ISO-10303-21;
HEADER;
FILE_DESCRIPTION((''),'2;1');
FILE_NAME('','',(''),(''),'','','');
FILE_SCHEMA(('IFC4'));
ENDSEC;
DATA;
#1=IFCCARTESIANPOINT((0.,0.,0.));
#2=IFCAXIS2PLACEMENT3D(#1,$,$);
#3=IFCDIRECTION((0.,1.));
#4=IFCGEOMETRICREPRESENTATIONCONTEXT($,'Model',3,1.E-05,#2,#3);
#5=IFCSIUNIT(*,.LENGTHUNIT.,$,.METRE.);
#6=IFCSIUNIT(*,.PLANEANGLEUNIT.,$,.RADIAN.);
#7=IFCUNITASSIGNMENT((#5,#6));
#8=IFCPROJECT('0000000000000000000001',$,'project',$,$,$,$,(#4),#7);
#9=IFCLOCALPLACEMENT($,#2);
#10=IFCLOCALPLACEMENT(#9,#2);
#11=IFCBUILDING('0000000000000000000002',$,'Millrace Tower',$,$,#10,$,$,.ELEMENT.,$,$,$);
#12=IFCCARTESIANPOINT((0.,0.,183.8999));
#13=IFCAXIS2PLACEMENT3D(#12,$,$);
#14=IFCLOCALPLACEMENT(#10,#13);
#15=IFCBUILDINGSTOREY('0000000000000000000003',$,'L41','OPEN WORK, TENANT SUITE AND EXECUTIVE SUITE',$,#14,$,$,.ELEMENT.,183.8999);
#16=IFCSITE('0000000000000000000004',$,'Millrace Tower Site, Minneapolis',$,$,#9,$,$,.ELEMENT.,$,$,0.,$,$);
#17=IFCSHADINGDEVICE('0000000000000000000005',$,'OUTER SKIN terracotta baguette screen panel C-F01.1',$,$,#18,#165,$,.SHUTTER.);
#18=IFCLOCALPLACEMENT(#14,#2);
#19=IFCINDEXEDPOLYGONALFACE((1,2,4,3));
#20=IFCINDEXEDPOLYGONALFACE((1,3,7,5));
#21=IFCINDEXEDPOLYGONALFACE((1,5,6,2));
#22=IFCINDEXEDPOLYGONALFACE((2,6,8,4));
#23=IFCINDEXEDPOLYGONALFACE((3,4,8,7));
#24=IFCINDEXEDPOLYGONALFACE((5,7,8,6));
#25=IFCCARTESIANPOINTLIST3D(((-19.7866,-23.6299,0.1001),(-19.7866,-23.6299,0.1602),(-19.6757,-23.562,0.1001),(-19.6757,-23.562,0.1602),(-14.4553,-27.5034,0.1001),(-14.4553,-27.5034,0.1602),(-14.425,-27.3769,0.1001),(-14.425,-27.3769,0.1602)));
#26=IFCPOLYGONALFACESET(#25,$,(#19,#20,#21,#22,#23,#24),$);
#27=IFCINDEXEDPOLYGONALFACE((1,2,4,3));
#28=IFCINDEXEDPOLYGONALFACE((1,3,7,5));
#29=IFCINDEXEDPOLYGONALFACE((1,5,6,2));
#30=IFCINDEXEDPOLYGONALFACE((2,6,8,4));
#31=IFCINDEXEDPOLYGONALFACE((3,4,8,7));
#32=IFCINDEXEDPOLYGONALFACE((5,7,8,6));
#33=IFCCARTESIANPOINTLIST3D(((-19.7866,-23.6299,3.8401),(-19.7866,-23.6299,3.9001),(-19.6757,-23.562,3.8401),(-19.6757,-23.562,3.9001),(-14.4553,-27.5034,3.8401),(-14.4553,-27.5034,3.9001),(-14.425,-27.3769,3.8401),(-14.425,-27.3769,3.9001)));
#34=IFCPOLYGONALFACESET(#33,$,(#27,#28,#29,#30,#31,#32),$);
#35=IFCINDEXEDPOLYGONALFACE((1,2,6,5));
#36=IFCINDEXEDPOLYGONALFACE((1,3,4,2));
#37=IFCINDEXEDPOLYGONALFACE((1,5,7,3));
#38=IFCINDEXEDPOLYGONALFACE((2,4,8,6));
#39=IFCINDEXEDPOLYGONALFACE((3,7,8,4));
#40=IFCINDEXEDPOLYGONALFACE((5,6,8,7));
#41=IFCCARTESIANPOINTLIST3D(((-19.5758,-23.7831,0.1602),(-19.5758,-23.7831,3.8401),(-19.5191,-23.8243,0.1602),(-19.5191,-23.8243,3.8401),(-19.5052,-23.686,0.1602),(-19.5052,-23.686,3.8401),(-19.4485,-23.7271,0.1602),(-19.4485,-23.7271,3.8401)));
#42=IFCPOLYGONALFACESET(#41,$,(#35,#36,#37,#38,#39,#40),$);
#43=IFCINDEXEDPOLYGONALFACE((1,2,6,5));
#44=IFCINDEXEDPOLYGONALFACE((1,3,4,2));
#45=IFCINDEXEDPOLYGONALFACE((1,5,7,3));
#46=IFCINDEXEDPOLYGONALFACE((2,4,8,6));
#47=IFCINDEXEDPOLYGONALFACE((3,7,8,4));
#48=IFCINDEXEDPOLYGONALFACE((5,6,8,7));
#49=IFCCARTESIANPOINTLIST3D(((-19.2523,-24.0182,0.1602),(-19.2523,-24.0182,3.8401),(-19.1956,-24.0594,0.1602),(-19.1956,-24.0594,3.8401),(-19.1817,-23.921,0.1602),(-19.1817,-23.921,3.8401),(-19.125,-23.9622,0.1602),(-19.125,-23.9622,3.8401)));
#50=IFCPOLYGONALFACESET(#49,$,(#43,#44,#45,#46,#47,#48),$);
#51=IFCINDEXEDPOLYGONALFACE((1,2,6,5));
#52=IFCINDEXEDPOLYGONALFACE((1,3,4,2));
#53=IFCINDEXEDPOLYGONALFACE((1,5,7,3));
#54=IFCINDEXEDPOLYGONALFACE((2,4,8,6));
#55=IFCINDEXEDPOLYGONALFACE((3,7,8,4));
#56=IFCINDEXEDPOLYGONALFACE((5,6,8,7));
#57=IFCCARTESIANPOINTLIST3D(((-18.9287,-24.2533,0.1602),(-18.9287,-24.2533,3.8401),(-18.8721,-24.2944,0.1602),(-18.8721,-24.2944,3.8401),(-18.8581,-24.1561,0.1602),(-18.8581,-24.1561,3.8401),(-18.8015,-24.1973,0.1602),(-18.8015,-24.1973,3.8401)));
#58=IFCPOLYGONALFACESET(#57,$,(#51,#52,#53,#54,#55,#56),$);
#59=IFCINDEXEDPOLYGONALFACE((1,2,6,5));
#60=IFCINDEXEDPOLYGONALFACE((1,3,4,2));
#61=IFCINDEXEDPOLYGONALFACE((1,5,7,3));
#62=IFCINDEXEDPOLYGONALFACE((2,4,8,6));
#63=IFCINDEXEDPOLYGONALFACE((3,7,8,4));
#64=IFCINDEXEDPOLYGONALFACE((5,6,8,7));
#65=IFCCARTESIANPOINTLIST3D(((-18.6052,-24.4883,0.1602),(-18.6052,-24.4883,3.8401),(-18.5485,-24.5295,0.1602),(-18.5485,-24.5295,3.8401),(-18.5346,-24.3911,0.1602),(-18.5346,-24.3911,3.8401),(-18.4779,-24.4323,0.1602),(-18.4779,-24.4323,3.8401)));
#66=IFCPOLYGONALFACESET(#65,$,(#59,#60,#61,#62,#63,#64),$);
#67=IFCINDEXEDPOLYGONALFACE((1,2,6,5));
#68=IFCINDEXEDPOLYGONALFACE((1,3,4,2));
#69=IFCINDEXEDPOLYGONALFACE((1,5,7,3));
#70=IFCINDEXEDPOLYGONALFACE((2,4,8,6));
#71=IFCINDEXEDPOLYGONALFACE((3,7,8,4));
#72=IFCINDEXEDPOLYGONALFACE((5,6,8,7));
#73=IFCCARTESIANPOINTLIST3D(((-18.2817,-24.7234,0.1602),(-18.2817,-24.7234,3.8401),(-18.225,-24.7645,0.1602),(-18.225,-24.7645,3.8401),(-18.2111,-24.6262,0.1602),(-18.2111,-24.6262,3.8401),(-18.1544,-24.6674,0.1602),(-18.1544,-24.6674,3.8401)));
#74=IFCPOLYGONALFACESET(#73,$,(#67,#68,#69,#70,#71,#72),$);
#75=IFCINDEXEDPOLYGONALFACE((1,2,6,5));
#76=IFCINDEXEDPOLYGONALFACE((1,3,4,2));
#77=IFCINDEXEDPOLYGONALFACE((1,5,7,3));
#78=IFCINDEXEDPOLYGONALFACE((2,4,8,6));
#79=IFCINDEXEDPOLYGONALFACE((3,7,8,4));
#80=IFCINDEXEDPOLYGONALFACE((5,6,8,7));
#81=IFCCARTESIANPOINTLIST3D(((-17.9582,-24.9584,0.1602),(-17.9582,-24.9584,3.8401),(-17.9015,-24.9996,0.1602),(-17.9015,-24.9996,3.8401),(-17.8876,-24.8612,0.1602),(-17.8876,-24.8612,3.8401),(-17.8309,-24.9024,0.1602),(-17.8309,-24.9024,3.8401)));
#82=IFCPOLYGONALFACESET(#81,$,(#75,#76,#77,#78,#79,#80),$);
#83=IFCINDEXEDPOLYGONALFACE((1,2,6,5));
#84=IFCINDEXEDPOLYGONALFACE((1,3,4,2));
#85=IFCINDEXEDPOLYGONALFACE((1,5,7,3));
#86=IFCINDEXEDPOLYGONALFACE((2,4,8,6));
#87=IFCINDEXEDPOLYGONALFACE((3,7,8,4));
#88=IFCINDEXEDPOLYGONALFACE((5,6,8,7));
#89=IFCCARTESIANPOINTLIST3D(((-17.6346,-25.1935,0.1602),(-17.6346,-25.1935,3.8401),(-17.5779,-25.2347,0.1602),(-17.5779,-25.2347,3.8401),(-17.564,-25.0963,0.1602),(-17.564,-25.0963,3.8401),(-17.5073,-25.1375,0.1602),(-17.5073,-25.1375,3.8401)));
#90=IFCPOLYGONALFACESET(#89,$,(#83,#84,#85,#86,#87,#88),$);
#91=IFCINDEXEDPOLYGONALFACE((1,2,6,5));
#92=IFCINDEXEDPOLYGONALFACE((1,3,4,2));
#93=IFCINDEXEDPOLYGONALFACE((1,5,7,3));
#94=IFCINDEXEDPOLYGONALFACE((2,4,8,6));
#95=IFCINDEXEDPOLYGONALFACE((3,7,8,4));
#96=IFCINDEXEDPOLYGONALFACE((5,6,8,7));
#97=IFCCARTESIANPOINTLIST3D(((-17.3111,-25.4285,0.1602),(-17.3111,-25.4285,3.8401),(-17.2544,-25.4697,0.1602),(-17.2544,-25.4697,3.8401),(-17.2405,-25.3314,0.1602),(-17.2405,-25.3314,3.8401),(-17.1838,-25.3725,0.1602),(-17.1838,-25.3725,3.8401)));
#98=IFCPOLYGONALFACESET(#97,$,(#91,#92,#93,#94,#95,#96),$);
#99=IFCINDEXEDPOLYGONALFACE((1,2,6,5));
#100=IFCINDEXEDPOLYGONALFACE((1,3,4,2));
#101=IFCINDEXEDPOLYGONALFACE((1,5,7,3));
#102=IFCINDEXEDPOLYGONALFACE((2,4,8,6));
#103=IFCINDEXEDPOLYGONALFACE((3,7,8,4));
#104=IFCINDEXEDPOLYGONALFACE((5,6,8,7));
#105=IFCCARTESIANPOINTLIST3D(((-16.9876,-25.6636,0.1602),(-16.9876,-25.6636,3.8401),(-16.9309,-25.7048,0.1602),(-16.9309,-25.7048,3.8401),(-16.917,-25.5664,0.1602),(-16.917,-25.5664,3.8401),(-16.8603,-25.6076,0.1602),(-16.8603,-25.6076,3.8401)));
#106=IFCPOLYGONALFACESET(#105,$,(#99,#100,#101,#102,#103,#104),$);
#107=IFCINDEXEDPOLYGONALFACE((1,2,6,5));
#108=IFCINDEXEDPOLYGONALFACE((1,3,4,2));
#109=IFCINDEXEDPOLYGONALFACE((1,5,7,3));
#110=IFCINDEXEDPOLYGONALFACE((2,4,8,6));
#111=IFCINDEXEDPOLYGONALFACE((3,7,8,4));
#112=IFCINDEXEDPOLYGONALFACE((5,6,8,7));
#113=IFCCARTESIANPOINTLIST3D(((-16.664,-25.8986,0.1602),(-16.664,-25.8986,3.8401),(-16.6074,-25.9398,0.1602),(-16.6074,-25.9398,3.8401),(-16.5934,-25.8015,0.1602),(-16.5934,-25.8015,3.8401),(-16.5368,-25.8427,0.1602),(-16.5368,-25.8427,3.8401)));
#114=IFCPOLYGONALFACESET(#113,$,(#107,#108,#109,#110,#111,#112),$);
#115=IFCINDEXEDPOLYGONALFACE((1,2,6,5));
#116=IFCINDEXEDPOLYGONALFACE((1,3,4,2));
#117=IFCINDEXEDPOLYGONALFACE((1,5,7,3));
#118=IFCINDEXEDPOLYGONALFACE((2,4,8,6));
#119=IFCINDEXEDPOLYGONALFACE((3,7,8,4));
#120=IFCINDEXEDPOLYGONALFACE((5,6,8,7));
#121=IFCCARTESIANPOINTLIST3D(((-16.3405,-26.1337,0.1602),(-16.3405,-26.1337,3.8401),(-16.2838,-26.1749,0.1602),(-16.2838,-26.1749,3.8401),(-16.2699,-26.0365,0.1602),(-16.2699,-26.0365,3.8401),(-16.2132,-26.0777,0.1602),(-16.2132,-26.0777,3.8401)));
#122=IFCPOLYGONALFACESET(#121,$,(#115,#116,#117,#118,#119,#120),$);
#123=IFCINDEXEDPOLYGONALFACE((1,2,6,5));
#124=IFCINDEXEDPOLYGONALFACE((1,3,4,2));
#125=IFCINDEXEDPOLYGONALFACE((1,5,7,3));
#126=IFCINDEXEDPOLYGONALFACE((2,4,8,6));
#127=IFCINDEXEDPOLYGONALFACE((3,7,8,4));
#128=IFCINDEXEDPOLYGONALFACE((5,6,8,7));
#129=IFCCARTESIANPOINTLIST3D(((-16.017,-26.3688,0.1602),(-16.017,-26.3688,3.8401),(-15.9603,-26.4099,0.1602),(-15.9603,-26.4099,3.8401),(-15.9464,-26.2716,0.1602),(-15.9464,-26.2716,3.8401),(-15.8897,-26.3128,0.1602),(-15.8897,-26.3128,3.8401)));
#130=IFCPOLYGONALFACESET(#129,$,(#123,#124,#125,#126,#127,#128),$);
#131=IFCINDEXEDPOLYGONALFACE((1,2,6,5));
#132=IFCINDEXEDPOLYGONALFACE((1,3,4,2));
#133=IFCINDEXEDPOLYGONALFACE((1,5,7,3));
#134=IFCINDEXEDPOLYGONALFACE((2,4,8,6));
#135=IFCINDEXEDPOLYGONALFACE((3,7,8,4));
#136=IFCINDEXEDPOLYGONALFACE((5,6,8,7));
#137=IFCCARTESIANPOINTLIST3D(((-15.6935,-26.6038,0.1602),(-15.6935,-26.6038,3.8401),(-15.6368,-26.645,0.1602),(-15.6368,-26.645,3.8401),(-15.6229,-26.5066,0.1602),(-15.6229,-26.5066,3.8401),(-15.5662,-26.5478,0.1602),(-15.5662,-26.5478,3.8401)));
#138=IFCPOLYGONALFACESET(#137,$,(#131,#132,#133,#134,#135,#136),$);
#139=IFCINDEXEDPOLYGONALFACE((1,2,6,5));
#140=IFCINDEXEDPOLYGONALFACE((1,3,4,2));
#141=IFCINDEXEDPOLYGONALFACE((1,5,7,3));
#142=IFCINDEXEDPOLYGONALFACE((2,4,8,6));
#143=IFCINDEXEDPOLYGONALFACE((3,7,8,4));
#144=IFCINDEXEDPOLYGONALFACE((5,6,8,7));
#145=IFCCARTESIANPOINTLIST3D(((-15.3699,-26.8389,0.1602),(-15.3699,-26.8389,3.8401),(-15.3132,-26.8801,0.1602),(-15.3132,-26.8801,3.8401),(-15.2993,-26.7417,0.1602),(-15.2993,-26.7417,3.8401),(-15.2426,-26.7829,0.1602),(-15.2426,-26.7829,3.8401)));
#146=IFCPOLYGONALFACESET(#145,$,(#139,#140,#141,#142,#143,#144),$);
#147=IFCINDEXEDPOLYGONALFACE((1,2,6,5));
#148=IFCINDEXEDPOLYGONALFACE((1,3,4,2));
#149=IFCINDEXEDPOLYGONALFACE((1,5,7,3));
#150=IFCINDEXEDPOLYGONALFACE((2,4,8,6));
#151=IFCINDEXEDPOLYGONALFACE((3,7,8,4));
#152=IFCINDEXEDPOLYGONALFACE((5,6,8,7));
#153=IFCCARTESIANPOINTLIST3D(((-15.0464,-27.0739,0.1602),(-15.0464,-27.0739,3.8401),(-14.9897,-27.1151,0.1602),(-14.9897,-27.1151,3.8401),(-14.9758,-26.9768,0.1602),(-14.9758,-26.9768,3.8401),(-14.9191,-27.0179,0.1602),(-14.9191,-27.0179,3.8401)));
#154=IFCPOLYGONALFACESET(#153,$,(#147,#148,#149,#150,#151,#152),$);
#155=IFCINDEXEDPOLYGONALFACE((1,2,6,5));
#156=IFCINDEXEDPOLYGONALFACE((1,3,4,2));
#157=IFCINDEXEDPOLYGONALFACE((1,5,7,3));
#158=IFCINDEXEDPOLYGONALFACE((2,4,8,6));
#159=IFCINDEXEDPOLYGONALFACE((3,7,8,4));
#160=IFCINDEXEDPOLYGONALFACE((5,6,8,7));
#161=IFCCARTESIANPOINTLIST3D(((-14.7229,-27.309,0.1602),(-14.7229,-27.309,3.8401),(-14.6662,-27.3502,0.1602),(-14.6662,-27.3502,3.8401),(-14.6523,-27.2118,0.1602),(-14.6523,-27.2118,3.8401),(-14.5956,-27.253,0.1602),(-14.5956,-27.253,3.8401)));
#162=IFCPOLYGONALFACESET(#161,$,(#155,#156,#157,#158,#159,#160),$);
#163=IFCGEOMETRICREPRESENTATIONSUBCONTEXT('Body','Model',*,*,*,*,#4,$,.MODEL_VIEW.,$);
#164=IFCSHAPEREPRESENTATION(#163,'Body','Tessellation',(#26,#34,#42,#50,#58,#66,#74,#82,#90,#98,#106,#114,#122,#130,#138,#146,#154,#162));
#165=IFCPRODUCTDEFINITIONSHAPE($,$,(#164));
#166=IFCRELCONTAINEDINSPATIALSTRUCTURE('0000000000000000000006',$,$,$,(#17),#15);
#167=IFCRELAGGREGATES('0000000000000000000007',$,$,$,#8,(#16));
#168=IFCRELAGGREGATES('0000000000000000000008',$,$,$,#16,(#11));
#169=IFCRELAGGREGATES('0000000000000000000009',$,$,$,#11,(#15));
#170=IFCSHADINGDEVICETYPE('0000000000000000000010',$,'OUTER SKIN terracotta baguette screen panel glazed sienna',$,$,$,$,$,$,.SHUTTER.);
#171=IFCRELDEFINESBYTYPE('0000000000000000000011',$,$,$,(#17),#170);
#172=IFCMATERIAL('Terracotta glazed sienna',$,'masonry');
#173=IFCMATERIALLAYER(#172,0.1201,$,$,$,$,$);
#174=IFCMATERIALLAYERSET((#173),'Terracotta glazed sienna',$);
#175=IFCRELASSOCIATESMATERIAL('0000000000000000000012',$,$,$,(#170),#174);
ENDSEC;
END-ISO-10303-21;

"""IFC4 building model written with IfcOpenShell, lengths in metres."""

from ifc_helpers import new_model, entity, si_unit, direction, frame, frame_2d, origin, place, context, subcontext, project, spatial, rectangle, extrude, source, transform, mapped, material, layer, layer_set, type_object, element, save


model = new_model("IFC4")

# Units and contexts
model_context = context("Model", 3, precision=1e-05, world=origin(), true_north=direction((0.0, 1.0)))
body_context = subcontext(model_context, "Body", "Model", "MODEL_VIEW")
ifc_project = project(units=[si_unit("LENGTHUNIT", "METRE"), si_unit("PLANEANGLEUNIT", "RADIAN")], contexts=[model_context])

# Site, building, storey
site_placement = place(None, origin())
site = spatial("IfcSite", under=ifc_project, at=site_placement, Name="Millrace Tower Site, Minneapolis", CompositionType="ELEMENT", RefElevation=0.0)
building_placement = place(site_placement, origin())
building = spatial("IfcBuilding", under=site, at=building_placement, Name="Millrace Tower", CompositionType="ELEMENT")
storey_placement = place(building_placement, frame((0.0, 0.0, 183.8999)))
storey = spatial("IfcBuildingStorey", under=building, at=storey_placement, Name="L41", Description="OPEN WORK, TENANT SUITE AND EXECUTIVE SUITE", CompositionType="ELEMENT", Elevation=183.8999)

# Shading device
ifc_material_1 = material(Name="Terracotta glazed sienna", Category="masonry")
ifc_layer_1 = layer(ifc_material_1, 0.1201)
ifc_layer_set_1 = layer_set([ifc_layer_1], Name="Terracotta glazed sienna")
shading_device_type = type_object("IfcShadingDeviceType", Name="OUTER SKIN terracotta baguette screen panel glazed sienna", PredefinedType="SHUTTER", material=ifc_layer_set_1)
cartesian_point_1 = entity("IfcCartesianPoint", [-3.2451, 0.0601])
shared_polyline_1 = entity("IfcPolyline", [cartesian_point_1, entity("IfcCartesianPoint", [3.2451, 0.0601]), entity("IfcCartesianPoint", [3.2949, -0.0601]), entity("IfcCartesianPoint", [-3.2949, -0.0601]), cartesian_point_1])
shared_shape_1 = source(origin(), body_context, "Body", "SweptSolid", [
    entity("IfcExtrudedAreaSolid", entity("IfcArbitraryClosedProfileDef", "AREA", None, shared_polyline_1), entity("IfcAxis2Placement3D", entity("IfcCartesianPoint", [0.0, 0.0, 0.0])), entity("IfcDirection", [0.0, 0.0, 1.0]), 0.0601),
    entity("IfcExtrudedAreaSolid", entity("IfcArbitraryClosedProfileDef", "AREA", None, shared_polyline_1), entity("IfcAxis2Placement3D", entity("IfcCartesianPoint", [0.0, 0.0, 3.74])), entity("IfcDirection", [0.0, 0.0, 1.0]), 0.0601),
    extrude(rectangle(XDim=0.0701, YDim=0.1201, at=frame_2d((-2.9993, 0.0))), frame((0.0, 0.0, 0.0601)), (0.0, 0.0, 1.0), 3.6799),
    extrude(rectangle(XDim=0.0701, YDim=0.1201, at=frame_2d((-2.5994, 0.0))), frame((0.0, 0.0, 0.0601)), (0.0, 0.0, 1.0), 3.6799),
    extrude(rectangle(XDim=0.0701, YDim=0.1201, at=frame_2d((-2.1995, 0.0))), frame((0.0, 0.0, 0.0601)), (0.0, 0.0, 1.0), 3.6799),
    extrude(rectangle(XDim=0.0701, YDim=0.1201, at=frame_2d((-1.7996, 0.0))), frame((0.0, 0.0, 0.0601)), (0.0, 0.0, 1.0), 3.6799),
    extrude(rectangle(XDim=0.0701, YDim=0.1201, at=frame_2d((-1.3997, 0.0))), frame((0.0, 0.0, 0.0601)), (0.0, 0.0, 1.0), 3.6799),
    extrude(rectangle(XDim=0.0701, YDim=0.1201, at=frame_2d((-0.9998, 0.0))), frame((0.0, 0.0, 0.0601)), (0.0, 0.0, 1.0), 3.6799),
    extrude(rectangle(XDim=0.0701, YDim=0.1201, at=frame_2d((-0.5999, 0.0))), frame((0.0, 0.0, 0.0601)), (0.0, 0.0, 1.0), 3.6799),
    extrude(rectangle(XDim=0.0701, YDim=0.1201, at=frame_2d((-0.2, 0.0))), frame((0.0, 0.0, 0.0601)), (0.0, 0.0, 1.0), 3.6799),
    extrude(rectangle(XDim=0.0701, YDim=0.1201, at=frame_2d((0.2, 0.0))), frame((0.0, 0.0, 0.0601)), (0.0, 0.0, 1.0), 3.6799),
    extrude(rectangle(XDim=0.0701, YDim=0.1201, at=frame_2d((0.5999, 0.0))), frame((0.0, 0.0, 0.0601)), (0.0, 0.0, 1.0), 3.6799),
    extrude(rectangle(XDim=0.0701, YDim=0.1201, at=frame_2d((0.9998, 0.0))), frame((0.0, 0.0, 0.0601)), (0.0, 0.0, 1.0), 3.6799),
    extrude(rectangle(XDim=0.0701, YDim=0.1201, at=frame_2d((1.3997, 0.0))), frame((0.0, 0.0, 0.0601)), (0.0, 0.0, 1.0), 3.6799),
    extrude(rectangle(XDim=0.0701, YDim=0.1201, at=frame_2d((1.7996, 0.0))), frame((0.0, 0.0, 0.0601)), (0.0, 0.0, 1.0), 3.6799),
    extrude(rectangle(XDim=0.0701, YDim=0.1201, at=frame_2d((2.1995, 0.0))), frame((0.0, 0.0, 0.0601)), (0.0, 0.0, 1.0), 3.6799),
    extrude(rectangle(XDim=0.0701, YDim=0.1201, at=frame_2d((2.5994, 0.0))), frame((0.0, 0.0, 0.0601)), (0.0, 0.0, 1.0), 3.6799),
    extrude(rectangle(XDim=0.0701, YDim=0.1201, at=frame_2d((2.9993, 0.0))), frame((0.0, 0.0, 0.0601)), (0.0, 0.0, 1.0), 3.6799),
])
shading_device_1_placement = place(storey_placement, frame((-17.0857, -25.5181, 0.1001), z_axis=(0.0, 0.0, 1.0), x_axis=(0.809017, -0.587785, 0.0)))
element("IfcShadingDevice", 1, at=shading_device_1_placement, inside=storey, type_object=shading_device_type, Name="OUTER SKIN terracotta baguette screen panel C-F01.1", PredefinedType="SHUTTER", context=body_context, shape_type="MappedRepresentation", body=[
    mapped(shared_shape_1, transform((0.0, 0.0, 0.0), scale=1.0)),
])

save(model, "model.ifc")
